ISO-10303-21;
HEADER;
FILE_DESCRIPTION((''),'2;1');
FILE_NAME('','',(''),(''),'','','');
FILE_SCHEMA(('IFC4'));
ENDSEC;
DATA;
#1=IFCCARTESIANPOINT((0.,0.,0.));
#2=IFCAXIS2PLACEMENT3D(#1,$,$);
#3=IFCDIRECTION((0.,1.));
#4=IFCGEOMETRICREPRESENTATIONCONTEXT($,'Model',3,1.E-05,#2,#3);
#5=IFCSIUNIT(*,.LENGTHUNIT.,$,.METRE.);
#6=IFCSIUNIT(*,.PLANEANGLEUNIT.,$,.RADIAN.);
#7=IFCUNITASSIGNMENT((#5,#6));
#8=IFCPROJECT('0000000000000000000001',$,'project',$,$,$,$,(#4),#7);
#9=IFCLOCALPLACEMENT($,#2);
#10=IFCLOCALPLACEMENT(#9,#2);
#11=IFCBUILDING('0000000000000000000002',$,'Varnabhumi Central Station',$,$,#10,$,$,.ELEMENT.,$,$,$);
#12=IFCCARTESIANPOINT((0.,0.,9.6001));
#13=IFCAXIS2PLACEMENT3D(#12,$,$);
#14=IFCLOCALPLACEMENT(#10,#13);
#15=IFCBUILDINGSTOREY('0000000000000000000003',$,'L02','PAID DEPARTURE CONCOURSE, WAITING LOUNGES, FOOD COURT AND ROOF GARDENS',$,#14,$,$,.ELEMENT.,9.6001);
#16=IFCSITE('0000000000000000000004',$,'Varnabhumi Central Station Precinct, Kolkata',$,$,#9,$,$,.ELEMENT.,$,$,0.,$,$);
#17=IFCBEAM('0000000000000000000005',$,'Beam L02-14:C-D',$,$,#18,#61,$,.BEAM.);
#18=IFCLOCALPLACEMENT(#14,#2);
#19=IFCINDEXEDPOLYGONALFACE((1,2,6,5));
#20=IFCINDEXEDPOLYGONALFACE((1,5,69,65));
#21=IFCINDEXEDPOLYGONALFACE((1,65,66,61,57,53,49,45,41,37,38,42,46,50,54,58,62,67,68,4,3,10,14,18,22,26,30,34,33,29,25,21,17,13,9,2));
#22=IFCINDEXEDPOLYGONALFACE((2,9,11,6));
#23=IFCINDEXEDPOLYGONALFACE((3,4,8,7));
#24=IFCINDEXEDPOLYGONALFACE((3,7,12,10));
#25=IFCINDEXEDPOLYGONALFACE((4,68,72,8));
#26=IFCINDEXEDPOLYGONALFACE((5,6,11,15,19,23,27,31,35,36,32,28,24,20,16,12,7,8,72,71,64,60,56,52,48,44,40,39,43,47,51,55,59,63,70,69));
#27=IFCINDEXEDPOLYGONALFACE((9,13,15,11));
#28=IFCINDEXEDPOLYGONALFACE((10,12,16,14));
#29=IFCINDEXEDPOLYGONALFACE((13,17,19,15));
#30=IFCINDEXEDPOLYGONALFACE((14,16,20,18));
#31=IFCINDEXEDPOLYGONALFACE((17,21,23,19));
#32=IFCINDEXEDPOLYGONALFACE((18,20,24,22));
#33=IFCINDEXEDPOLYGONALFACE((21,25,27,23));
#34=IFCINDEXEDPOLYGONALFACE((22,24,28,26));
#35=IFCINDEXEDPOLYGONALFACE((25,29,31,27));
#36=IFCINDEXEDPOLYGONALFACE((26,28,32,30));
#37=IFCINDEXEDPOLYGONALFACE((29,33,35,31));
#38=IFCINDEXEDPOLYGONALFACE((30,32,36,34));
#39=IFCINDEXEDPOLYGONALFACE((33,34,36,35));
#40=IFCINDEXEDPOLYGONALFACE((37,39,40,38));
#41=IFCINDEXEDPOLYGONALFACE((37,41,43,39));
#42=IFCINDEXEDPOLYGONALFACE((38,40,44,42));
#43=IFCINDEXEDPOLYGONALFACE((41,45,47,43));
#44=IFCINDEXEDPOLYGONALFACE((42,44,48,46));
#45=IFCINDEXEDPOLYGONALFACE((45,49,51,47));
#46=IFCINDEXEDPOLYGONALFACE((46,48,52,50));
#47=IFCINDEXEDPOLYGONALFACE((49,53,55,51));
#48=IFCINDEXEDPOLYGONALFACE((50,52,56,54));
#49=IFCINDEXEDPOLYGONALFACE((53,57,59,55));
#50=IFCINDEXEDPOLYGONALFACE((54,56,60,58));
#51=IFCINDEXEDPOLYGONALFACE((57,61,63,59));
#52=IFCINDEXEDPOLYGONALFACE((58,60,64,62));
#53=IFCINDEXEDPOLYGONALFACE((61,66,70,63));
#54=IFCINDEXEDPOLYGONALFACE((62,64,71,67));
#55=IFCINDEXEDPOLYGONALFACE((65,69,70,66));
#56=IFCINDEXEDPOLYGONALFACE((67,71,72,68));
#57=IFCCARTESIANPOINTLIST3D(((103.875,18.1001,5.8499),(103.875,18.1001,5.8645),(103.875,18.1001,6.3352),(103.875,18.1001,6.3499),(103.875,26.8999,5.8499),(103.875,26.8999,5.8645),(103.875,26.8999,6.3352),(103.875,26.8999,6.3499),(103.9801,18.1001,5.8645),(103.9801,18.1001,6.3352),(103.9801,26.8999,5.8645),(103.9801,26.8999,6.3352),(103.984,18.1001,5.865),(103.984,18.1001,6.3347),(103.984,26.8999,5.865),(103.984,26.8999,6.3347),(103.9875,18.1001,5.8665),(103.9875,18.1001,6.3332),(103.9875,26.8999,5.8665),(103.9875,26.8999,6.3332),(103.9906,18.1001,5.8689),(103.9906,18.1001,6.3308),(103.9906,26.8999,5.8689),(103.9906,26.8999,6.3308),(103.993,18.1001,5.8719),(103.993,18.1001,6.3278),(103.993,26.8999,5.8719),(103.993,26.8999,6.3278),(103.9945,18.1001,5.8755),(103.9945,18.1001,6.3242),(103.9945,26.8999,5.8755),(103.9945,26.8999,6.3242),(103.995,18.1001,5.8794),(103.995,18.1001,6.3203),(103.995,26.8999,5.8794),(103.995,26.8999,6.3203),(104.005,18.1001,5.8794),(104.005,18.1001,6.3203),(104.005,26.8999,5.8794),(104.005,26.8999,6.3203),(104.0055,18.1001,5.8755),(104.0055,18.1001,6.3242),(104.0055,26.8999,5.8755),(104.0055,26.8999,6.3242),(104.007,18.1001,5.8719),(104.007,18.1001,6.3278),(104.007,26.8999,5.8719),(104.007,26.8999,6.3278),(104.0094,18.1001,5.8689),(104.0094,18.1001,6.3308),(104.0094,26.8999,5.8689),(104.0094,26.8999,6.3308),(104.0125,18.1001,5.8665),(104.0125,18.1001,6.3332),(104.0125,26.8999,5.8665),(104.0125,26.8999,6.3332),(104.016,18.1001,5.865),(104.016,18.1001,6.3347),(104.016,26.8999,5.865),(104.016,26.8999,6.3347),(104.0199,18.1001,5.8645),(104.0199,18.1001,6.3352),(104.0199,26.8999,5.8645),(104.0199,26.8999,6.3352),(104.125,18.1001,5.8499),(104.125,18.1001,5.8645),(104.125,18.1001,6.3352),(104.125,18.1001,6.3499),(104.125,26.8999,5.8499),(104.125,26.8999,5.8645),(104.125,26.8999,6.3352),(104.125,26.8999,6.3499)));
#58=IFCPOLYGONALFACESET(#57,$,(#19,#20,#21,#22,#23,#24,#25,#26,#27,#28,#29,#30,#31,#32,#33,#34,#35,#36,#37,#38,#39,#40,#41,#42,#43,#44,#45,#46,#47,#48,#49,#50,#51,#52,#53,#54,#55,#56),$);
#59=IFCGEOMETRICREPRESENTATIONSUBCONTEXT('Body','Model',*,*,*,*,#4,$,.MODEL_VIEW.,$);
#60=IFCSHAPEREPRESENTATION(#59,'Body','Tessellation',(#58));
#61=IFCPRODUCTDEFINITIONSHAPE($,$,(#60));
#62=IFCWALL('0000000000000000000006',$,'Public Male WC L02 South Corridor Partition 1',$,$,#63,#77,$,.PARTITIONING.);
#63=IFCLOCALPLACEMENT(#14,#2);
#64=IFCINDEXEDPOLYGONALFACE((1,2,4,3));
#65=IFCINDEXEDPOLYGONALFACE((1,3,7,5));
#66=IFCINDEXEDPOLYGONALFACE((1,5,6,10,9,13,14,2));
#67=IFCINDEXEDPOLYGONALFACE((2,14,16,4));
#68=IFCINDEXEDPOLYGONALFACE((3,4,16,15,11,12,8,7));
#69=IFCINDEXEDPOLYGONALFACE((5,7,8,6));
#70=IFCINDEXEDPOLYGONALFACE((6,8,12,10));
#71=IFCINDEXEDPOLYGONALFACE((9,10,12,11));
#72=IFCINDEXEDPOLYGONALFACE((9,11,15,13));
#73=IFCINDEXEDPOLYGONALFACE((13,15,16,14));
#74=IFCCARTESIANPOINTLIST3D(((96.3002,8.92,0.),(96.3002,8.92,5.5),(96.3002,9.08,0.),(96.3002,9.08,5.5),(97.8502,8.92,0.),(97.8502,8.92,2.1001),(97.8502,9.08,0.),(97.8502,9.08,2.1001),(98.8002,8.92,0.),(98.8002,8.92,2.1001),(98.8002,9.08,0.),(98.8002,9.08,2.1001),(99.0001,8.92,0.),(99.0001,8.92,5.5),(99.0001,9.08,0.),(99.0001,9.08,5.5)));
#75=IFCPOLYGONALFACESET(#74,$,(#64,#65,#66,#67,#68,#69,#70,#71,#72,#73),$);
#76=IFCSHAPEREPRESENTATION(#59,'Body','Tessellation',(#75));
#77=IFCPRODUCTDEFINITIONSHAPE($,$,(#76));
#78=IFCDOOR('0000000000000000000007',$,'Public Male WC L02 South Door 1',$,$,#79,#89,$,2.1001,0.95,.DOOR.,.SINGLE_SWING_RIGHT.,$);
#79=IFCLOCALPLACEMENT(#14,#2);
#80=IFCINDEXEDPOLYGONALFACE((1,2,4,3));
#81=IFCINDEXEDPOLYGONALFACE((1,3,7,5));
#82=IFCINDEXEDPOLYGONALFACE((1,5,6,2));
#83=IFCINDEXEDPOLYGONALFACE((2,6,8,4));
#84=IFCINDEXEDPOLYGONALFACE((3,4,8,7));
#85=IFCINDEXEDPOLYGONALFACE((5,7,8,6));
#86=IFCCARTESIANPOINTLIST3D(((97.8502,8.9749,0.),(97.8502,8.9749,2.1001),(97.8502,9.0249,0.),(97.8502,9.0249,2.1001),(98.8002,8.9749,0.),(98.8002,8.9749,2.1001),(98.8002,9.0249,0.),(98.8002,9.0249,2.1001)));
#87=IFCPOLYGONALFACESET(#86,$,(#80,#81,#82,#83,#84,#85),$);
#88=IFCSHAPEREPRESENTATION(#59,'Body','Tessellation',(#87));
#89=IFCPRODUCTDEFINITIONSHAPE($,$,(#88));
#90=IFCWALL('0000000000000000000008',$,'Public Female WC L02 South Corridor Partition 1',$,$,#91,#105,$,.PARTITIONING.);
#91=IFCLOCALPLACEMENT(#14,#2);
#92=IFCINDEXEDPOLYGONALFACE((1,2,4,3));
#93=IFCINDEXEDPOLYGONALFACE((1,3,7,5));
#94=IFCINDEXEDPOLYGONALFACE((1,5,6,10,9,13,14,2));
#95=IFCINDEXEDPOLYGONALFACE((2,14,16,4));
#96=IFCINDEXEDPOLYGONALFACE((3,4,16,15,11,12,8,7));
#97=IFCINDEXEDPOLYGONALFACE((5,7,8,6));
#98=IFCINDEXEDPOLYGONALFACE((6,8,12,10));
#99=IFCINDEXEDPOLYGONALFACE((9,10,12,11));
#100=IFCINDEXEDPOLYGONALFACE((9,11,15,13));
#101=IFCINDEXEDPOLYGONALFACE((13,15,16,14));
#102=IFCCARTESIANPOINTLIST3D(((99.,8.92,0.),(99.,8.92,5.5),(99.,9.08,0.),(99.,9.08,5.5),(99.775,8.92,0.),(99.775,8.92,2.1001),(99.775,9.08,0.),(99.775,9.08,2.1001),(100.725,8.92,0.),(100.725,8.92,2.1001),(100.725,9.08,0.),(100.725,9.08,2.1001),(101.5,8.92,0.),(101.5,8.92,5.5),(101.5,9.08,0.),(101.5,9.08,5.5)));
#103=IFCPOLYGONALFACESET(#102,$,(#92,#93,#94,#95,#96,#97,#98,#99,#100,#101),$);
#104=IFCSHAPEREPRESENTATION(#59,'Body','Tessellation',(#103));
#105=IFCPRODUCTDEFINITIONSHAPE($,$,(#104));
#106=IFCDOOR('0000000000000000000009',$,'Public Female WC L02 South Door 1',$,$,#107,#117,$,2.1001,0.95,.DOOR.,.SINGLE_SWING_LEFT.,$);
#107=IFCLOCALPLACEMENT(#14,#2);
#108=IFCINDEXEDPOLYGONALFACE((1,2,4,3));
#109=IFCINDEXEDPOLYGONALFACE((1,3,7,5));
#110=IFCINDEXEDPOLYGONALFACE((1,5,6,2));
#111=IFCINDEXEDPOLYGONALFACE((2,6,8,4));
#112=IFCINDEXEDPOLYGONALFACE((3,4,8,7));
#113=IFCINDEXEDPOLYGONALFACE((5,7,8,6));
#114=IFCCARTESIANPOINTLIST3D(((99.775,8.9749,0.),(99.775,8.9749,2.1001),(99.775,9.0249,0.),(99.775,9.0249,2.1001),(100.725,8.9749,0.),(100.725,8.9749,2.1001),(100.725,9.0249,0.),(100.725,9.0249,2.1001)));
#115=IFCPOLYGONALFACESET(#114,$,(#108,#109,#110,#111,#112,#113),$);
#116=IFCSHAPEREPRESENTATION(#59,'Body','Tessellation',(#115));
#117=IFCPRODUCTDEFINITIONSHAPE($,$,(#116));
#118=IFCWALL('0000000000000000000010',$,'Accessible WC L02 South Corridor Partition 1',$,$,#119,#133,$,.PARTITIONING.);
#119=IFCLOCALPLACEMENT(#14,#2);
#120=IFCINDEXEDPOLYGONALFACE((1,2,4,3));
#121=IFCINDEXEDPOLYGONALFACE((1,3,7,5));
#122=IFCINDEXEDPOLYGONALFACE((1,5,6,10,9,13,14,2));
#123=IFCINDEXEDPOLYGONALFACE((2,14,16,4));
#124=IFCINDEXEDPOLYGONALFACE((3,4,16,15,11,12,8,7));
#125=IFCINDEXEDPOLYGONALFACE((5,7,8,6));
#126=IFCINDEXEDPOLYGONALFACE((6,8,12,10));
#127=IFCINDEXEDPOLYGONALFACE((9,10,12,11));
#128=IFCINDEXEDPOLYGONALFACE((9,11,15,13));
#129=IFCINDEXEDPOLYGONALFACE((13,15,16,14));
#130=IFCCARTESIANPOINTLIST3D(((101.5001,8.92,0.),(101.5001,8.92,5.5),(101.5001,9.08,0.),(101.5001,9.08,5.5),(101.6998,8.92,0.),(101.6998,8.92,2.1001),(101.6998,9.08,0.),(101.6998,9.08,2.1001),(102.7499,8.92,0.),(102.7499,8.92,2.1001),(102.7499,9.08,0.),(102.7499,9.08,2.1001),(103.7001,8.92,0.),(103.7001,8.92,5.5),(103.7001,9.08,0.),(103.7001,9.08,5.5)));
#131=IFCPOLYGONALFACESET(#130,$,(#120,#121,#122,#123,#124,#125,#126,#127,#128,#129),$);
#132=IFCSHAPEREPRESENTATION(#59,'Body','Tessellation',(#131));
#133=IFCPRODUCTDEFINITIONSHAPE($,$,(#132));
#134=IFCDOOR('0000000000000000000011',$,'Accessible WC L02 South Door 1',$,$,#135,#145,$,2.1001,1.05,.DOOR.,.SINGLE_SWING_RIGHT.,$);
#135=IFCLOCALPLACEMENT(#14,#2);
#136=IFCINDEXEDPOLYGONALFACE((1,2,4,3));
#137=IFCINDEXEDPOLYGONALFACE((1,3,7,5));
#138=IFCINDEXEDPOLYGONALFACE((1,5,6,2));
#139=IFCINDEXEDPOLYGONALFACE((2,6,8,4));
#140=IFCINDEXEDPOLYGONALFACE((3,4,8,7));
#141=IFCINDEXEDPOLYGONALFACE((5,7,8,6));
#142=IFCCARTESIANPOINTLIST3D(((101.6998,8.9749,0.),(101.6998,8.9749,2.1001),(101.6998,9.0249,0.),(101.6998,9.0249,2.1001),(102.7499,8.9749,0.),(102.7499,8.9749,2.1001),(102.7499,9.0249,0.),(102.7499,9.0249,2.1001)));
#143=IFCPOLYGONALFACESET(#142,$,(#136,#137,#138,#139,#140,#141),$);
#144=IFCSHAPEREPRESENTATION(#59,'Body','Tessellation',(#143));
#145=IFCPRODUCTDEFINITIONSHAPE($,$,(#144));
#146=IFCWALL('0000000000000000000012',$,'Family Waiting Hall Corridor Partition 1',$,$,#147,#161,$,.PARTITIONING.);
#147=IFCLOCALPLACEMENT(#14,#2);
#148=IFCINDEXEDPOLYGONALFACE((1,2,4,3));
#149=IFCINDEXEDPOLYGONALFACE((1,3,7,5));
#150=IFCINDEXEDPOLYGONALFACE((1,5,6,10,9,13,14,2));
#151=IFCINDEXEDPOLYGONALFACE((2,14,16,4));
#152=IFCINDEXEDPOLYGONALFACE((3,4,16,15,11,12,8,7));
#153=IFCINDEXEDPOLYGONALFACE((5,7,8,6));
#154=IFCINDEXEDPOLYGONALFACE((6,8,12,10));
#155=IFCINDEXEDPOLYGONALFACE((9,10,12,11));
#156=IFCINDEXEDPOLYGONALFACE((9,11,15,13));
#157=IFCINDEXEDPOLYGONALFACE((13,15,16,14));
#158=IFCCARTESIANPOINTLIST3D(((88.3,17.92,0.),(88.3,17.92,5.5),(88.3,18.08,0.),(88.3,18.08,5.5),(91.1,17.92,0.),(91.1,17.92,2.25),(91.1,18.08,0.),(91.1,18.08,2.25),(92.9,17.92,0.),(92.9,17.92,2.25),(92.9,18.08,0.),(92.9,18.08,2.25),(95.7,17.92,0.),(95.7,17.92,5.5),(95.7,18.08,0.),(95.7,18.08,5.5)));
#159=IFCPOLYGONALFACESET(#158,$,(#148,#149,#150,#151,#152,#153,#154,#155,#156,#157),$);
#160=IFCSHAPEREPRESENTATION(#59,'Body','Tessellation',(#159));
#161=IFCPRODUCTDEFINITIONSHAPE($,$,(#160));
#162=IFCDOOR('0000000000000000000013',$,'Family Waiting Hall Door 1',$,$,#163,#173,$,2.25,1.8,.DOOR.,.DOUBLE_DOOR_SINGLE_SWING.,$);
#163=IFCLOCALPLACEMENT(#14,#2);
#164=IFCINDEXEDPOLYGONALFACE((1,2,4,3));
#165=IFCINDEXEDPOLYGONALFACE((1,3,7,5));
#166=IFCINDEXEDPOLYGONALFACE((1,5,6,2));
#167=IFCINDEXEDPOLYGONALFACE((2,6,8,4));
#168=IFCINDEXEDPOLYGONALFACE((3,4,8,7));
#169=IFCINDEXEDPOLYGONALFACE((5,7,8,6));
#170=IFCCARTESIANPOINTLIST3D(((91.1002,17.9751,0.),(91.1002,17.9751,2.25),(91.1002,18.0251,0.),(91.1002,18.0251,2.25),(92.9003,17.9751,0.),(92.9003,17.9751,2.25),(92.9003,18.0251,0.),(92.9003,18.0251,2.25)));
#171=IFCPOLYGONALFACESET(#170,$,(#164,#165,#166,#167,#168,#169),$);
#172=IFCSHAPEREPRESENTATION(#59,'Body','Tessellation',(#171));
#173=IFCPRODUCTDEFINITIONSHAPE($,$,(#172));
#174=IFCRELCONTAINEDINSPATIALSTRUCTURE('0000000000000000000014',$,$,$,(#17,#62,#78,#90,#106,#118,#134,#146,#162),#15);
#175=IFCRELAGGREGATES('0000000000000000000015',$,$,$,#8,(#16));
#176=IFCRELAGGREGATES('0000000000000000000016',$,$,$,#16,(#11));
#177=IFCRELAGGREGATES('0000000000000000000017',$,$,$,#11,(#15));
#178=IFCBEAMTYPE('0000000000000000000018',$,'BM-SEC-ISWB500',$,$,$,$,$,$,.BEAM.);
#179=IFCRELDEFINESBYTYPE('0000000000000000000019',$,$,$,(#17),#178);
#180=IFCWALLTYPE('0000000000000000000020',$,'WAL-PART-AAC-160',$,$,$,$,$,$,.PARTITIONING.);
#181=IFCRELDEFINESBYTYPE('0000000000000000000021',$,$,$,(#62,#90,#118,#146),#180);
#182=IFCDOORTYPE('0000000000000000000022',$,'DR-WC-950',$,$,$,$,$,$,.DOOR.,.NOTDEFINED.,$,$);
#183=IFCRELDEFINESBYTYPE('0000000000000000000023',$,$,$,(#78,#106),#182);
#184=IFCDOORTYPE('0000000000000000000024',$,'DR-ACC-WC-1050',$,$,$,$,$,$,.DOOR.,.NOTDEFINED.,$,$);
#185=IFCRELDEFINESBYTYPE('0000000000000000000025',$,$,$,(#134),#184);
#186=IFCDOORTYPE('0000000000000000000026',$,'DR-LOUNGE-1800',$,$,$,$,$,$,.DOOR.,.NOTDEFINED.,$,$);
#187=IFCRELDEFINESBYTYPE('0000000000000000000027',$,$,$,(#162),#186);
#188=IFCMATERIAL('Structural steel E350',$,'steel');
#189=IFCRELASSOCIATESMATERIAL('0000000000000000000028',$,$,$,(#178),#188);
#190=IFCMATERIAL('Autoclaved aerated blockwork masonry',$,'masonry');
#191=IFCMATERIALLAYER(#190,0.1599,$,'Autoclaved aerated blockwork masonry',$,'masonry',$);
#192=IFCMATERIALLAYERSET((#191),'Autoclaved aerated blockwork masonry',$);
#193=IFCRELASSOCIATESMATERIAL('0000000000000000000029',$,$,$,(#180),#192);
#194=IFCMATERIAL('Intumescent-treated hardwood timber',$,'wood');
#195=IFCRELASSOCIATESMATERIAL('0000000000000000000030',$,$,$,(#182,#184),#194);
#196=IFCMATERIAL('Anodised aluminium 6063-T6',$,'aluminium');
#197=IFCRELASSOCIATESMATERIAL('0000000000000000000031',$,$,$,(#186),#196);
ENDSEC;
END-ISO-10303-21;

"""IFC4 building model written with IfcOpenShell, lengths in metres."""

from ifc_helpers import new_model, si_unit, direction, frame, frame_2d, origin, origin_2d, place, context, subcontext, project, spatial, rectangle, i_section, extrude, material, layer, layer_set, material_profile, profile_set, type_object, element, fill, save


model = new_model("IFC4")

# Units and contexts
model_context = context("Model", 3, precision=1e-05, world=origin(), true_north=direction((0.0, 1.0)))
body_context = subcontext(model_context, "Body", "Model", "MODEL_VIEW")
ifc_project = project(units=[si_unit("LENGTHUNIT", "METRE"), si_unit("PLANEANGLEUNIT", "RADIAN")], contexts=[model_context])

# Site, building, storey
site_placement = place(None, origin())
site = spatial("IfcSite", under=ifc_project, at=site_placement, Name="Varnabhumi Central Station Precinct, Kolkata", CompositionType="ELEMENT", RefElevation=0.0)
building_placement = place(site_placement, origin())
building = spatial("IfcBuilding", under=site, at=building_placement, Name="Varnabhumi Central Station", CompositionType="ELEMENT")
storey_placement = place(building_placement, frame((0.0, 0.0, 9.6001)))
storey = spatial("IfcBuildingStorey", under=building, at=storey_placement, Name="L02", Description="PAID DEPARTURE CONCOURSE, WAITING LOUNGES, FOOD COURT AND ROOF GARDENS", CompositionType="ELEMENT", Elevation=9.6001)

# Beam
ifc_material_1 = material(Name="Structural steel E350", Category="steel")
ifc_material_profile_1 = material_profile(ifc_material_1, i_section(OverallWidth=0.25, OverallDepth=0.5, WebThickness=0.01, FlangeThickness=0.0146, FilletRadius=0.0149, at=origin_2d()), Name="Structural steel E350", Category="steel")
ifc_profile_set_1 = profile_set([ifc_material_profile_1], Name="Structural steel E350")
beam_type_1 = type_object("IfcBeamType", Name="BM-SEC-ISWB500", PredefinedType="BEAM", material=ifc_profile_set_1)
for number, where, z_axis, x_axis, name in (
    (1, (104.0, 18.1001, 6.0999), (0.0, 1.0, 0.0), (-1.0, 0.0, 0.0), "Beam L02-14:C-D"),
):
    element("IfcBeam", number, at=place(storey_placement, frame(where, z_axis=z_axis, x_axis=x_axis)), inside=storey, type_object=beam_type_1, Name=name, PredefinedType="BEAM", context=body_context, shape_type="SweptSolid", body=[
        extrude(i_section(OverallWidth=0.25, OverallDepth=0.5, WebThickness=0.01, FlangeThickness=0.0146, FilletRadius=0.0149, at=origin_2d()), origin(), (0.0, 0.0, 1.0), 8.7998),
    ])

# Walls, openings, doors
ifc_material_2 = material(Name="Autoclaved aerated blockwork masonry", Category="masonry")
ifc_layer_1 = layer(ifc_material_2, 0.1599, Name="Autoclaved aerated blockwork masonry", Category="masonry")
ifc_layer_set_1 = layer_set([ifc_layer_1], Name="Autoclaved aerated blockwork masonry")
wall_type = type_object("IfcWallType", Name="WAL-PART-AAC-160", PredefinedType="PARTITIONING", material=ifc_layer_set_1)
wall_1_placement = place(storey_placement, frame((96.3, 9.0, 0.0), z_axis=(0.0, 0.0, 1.0), x_axis=(1.0, 0.0, 0.0)))
wall_1 = element("IfcWall", 2, at=wall_1_placement, inside=storey, type_object=wall_type, Name="Public Male WC L02 South Corridor Partition 1", PredefinedType="PARTITIONING", context=body_context, shape_type="SweptSolid", body=[
    extrude(rectangle(XDim=2.7, YDim=0.1599, at=frame_2d((1.3501, 0.0))), origin(), (0.0, 0.0, 1.0), 5.5),
])
opening_1_placement = place(wall_1_placement, frame((1.55, 0.0, 0.0)))
opening_1 = element("IfcOpeningElement", 3, at=opening_1_placement, cuts=wall_1, PredefinedType="OPENING", context=body_context, shape_type="SweptSolid", body=[
    extrude(rectangle(XDim=0.95, YDim=2.1001, at=frame_2d((0.4751, 1.05))), frame((0.0, 0.0898, 0.0), z_axis=(0.0, -1.0, 0.0), x_axis=(1.0, 0.0, 0.0)), (0.0, 0.0, 1.0), 0.1799),
])
ifc_material_3 = material(Name="Intumescent-treated hardwood timber", Category="wood")
door_type_1 = type_object("IfcDoorType", Name="DR-WC-950", OperationType="NOTDEFINED", PredefinedType="DOOR", material=ifc_material_3)
door_1_placement = place(opening_1_placement, origin())
door_1 = element("IfcDoor", 4, at=door_1_placement, inside=storey, type_object=door_type_1, Name="Public Male WC L02 South Door 1", OperationType="SINGLE_SWING_RIGHT", OverallHeight=2.1001, OverallWidth=0.95, PredefinedType="DOOR", context=body_context, shape_type="SweptSolid", body=[
    extrude(rectangle(XDim=0.95, YDim=2.1001, at=frame_2d((0.4751, 1.05))), frame((0.0, 0.0249, 0.0), z_axis=(0.0, -1.0, 0.0), x_axis=(1.0, 0.0, 0.0)), (0.0, 0.0, 1.0), 0.05),
])
fill(opening_1, door_1)
wall_2_placement = place(storey_placement, frame((99.0, 9.0, 0.0), z_axis=(0.0, 0.0, 1.0), x_axis=(1.0, 0.0, 0.0)))
wall_2 = element("IfcWall", 5, at=wall_2_placement, inside=storey, type_object=wall_type, Name="Public Female WC L02 South Corridor Partition 1", PredefinedType="PARTITIONING", context=body_context, shape_type="SweptSolid", body=[
    extrude(rectangle(XDim=2.5, YDim=0.1599, at=frame_2d((1.25, 0.0))), origin(), (0.0, 0.0, 1.0), 5.5),
])
opening_2_placement = place(wall_2_placement, frame((0.7749, 0.0, 0.0)))
opening_2 = element("IfcOpeningElement", 6, at=opening_2_placement, cuts=wall_2, PredefinedType="OPENING", context=body_context, shape_type="SweptSolid", body=[
    extrude(rectangle(XDim=0.95, YDim=2.1001, at=frame_2d((0.4751, 1.05))), frame((0.0, 0.0898, 0.0), z_axis=(0.0, -1.0, 0.0), x_axis=(1.0, 0.0, 0.0)), (0.0, 0.0, 1.0), 0.1799),
])
door_2_placement = place(opening_2_placement, origin())
door_2 = element("IfcDoor", 7, at=door_2_placement, inside=storey, type_object=door_type_1, Name="Public Female WC L02 South Door 1", OperationType="SINGLE_SWING_LEFT", OverallHeight=2.1001, OverallWidth=0.95, PredefinedType="DOOR", context=body_context, shape_type="SweptSolid", body=[
    extrude(rectangle(XDim=0.95, YDim=2.1001, at=frame_2d((0.4751, 1.05))), frame((0.0, 0.0249, 0.0), z_axis=(0.0, -1.0, 0.0), x_axis=(1.0, 0.0, 0.0)), (0.0, 0.0, 1.0), 0.05),
])
fill(opening_2, door_2)
wall_3_placement = place(storey_placement, frame((101.5, 9.0, 0.0), z_axis=(0.0, 0.0, 1.0), x_axis=(1.0, 0.0, 0.0)))
wall_3 = element("IfcWall", 8, at=wall_3_placement, inside=storey, type_object=wall_type, Name="Accessible WC L02 South Corridor Partition 1", PredefinedType="PARTITIONING", context=body_context, shape_type="SweptSolid", body=[
    extrude(rectangle(XDim=2.2, YDim=0.1599, at=frame_2d((1.1001, 0.0))), origin(), (0.0, 0.0, 1.0), 5.5),
])
opening_3_placement = place(wall_3_placement, frame((0.2, 0.0, 0.0)))
opening_3 = element("IfcOpeningElement", 9, at=opening_3_placement, cuts=wall_3, PredefinedType="OPENING", context=body_context, shape_type="SweptSolid", body=[
    extrude(rectangle(XDim=1.05, YDim=2.1001, at=frame_2d((0.5249, 1.05))), frame((0.0, 0.0898, 0.0), z_axis=(0.0, -1.0, 0.0), x_axis=(1.0, 0.0, 0.0)), (0.0, 0.0, 1.0), 0.1799),
])
door_type_2 = type_object("IfcDoorType", Name="DR-ACC-WC-1050", OperationType="NOTDEFINED", PredefinedType="DOOR", material=ifc_material_3)
door_3_placement = place(opening_3_placement, origin())
door_3 = element("IfcDoor", 10, at=door_3_placement, inside=storey, type_object=door_type_2, Name="Accessible WC L02 South Door 1", OperationType="SINGLE_SWING_RIGHT", OverallHeight=2.1001, OverallWidth=1.05, PredefinedType="DOOR", context=body_context, shape_type="SweptSolid", body=[
    extrude(rectangle(XDim=1.05, YDim=2.1001, at=frame_2d((0.5249, 1.05))), frame((0.0, 0.0249, 0.0), z_axis=(0.0, -1.0, 0.0), x_axis=(1.0, 0.0, 0.0)), (0.0, 0.0, 1.0), 0.05),
])
fill(opening_3, door_3)
wall_4_placement = place(storey_placement, frame((88.3, 18.0, 0.0), z_axis=(0.0, 0.0, 1.0), x_axis=(1.0, 0.0, 0.0)))
wall_4 = element("IfcWall", 11, at=wall_4_placement, inside=storey, type_object=wall_type, Name="Family Waiting Hall Corridor Partition 1", PredefinedType="PARTITIONING", context=body_context, shape_type="SweptSolid", body=[
    extrude(rectangle(XDim=7.3999, YDim=0.1599, at=frame_2d((3.7, 0.0))), origin(), (0.0, 0.0, 1.0), 5.5),
])
opening_4_placement = place(wall_4_placement, frame((2.8, 0.0, 0.0)))
opening_4 = element("IfcOpeningElement", 12, at=opening_4_placement, cuts=wall_4, PredefinedType="OPENING", context=body_context, shape_type="SweptSolid", body=[
    extrude(rectangle(XDim=1.8, YDim=2.25, at=frame_2d((0.8999, 1.125))), frame((0.0, 0.0898, 0.0), z_axis=(0.0, -1.0, 0.0), x_axis=(1.0, 0.0, 0.0)), (0.0, 0.0, 1.0), 0.1799),
])
ifc_material_4 = material(Name="Anodised aluminium 6063-T6", Category="aluminium")
door_type_3 = type_object("IfcDoorType", Name="DR-LOUNGE-1800", OperationType="NOTDEFINED", PredefinedType="DOOR", material=ifc_material_4)
door_4_placement = place(opening_4_placement, frame((1.8, 0.0, 0.0), z_axis=(0.0, 0.0, 1.0), x_axis=(-1.0, 0.0, 0.0)))
door_4 = element("IfcDoor", 13, at=door_4_placement, inside=storey, type_object=door_type_3, Name="Family Waiting Hall Door 1", OperationType="DOUBLE_DOOR_SINGLE_SWING", OverallHeight=2.25, OverallWidth=1.8, PredefinedType="DOOR", context=body_context, shape_type="SweptSolid", body=[
    extrude(rectangle(XDim=1.8, YDim=2.25, at=frame_2d((0.8999, 1.125))), frame((0.0, 0.0249, 0.0), z_axis=(0.0, -1.0, 0.0), x_axis=(1.0, 0.0, 0.0)), (0.0, 0.0, 1.0), 0.05),
])
fill(opening_4, door_4)

save(model, "model.ifc")
